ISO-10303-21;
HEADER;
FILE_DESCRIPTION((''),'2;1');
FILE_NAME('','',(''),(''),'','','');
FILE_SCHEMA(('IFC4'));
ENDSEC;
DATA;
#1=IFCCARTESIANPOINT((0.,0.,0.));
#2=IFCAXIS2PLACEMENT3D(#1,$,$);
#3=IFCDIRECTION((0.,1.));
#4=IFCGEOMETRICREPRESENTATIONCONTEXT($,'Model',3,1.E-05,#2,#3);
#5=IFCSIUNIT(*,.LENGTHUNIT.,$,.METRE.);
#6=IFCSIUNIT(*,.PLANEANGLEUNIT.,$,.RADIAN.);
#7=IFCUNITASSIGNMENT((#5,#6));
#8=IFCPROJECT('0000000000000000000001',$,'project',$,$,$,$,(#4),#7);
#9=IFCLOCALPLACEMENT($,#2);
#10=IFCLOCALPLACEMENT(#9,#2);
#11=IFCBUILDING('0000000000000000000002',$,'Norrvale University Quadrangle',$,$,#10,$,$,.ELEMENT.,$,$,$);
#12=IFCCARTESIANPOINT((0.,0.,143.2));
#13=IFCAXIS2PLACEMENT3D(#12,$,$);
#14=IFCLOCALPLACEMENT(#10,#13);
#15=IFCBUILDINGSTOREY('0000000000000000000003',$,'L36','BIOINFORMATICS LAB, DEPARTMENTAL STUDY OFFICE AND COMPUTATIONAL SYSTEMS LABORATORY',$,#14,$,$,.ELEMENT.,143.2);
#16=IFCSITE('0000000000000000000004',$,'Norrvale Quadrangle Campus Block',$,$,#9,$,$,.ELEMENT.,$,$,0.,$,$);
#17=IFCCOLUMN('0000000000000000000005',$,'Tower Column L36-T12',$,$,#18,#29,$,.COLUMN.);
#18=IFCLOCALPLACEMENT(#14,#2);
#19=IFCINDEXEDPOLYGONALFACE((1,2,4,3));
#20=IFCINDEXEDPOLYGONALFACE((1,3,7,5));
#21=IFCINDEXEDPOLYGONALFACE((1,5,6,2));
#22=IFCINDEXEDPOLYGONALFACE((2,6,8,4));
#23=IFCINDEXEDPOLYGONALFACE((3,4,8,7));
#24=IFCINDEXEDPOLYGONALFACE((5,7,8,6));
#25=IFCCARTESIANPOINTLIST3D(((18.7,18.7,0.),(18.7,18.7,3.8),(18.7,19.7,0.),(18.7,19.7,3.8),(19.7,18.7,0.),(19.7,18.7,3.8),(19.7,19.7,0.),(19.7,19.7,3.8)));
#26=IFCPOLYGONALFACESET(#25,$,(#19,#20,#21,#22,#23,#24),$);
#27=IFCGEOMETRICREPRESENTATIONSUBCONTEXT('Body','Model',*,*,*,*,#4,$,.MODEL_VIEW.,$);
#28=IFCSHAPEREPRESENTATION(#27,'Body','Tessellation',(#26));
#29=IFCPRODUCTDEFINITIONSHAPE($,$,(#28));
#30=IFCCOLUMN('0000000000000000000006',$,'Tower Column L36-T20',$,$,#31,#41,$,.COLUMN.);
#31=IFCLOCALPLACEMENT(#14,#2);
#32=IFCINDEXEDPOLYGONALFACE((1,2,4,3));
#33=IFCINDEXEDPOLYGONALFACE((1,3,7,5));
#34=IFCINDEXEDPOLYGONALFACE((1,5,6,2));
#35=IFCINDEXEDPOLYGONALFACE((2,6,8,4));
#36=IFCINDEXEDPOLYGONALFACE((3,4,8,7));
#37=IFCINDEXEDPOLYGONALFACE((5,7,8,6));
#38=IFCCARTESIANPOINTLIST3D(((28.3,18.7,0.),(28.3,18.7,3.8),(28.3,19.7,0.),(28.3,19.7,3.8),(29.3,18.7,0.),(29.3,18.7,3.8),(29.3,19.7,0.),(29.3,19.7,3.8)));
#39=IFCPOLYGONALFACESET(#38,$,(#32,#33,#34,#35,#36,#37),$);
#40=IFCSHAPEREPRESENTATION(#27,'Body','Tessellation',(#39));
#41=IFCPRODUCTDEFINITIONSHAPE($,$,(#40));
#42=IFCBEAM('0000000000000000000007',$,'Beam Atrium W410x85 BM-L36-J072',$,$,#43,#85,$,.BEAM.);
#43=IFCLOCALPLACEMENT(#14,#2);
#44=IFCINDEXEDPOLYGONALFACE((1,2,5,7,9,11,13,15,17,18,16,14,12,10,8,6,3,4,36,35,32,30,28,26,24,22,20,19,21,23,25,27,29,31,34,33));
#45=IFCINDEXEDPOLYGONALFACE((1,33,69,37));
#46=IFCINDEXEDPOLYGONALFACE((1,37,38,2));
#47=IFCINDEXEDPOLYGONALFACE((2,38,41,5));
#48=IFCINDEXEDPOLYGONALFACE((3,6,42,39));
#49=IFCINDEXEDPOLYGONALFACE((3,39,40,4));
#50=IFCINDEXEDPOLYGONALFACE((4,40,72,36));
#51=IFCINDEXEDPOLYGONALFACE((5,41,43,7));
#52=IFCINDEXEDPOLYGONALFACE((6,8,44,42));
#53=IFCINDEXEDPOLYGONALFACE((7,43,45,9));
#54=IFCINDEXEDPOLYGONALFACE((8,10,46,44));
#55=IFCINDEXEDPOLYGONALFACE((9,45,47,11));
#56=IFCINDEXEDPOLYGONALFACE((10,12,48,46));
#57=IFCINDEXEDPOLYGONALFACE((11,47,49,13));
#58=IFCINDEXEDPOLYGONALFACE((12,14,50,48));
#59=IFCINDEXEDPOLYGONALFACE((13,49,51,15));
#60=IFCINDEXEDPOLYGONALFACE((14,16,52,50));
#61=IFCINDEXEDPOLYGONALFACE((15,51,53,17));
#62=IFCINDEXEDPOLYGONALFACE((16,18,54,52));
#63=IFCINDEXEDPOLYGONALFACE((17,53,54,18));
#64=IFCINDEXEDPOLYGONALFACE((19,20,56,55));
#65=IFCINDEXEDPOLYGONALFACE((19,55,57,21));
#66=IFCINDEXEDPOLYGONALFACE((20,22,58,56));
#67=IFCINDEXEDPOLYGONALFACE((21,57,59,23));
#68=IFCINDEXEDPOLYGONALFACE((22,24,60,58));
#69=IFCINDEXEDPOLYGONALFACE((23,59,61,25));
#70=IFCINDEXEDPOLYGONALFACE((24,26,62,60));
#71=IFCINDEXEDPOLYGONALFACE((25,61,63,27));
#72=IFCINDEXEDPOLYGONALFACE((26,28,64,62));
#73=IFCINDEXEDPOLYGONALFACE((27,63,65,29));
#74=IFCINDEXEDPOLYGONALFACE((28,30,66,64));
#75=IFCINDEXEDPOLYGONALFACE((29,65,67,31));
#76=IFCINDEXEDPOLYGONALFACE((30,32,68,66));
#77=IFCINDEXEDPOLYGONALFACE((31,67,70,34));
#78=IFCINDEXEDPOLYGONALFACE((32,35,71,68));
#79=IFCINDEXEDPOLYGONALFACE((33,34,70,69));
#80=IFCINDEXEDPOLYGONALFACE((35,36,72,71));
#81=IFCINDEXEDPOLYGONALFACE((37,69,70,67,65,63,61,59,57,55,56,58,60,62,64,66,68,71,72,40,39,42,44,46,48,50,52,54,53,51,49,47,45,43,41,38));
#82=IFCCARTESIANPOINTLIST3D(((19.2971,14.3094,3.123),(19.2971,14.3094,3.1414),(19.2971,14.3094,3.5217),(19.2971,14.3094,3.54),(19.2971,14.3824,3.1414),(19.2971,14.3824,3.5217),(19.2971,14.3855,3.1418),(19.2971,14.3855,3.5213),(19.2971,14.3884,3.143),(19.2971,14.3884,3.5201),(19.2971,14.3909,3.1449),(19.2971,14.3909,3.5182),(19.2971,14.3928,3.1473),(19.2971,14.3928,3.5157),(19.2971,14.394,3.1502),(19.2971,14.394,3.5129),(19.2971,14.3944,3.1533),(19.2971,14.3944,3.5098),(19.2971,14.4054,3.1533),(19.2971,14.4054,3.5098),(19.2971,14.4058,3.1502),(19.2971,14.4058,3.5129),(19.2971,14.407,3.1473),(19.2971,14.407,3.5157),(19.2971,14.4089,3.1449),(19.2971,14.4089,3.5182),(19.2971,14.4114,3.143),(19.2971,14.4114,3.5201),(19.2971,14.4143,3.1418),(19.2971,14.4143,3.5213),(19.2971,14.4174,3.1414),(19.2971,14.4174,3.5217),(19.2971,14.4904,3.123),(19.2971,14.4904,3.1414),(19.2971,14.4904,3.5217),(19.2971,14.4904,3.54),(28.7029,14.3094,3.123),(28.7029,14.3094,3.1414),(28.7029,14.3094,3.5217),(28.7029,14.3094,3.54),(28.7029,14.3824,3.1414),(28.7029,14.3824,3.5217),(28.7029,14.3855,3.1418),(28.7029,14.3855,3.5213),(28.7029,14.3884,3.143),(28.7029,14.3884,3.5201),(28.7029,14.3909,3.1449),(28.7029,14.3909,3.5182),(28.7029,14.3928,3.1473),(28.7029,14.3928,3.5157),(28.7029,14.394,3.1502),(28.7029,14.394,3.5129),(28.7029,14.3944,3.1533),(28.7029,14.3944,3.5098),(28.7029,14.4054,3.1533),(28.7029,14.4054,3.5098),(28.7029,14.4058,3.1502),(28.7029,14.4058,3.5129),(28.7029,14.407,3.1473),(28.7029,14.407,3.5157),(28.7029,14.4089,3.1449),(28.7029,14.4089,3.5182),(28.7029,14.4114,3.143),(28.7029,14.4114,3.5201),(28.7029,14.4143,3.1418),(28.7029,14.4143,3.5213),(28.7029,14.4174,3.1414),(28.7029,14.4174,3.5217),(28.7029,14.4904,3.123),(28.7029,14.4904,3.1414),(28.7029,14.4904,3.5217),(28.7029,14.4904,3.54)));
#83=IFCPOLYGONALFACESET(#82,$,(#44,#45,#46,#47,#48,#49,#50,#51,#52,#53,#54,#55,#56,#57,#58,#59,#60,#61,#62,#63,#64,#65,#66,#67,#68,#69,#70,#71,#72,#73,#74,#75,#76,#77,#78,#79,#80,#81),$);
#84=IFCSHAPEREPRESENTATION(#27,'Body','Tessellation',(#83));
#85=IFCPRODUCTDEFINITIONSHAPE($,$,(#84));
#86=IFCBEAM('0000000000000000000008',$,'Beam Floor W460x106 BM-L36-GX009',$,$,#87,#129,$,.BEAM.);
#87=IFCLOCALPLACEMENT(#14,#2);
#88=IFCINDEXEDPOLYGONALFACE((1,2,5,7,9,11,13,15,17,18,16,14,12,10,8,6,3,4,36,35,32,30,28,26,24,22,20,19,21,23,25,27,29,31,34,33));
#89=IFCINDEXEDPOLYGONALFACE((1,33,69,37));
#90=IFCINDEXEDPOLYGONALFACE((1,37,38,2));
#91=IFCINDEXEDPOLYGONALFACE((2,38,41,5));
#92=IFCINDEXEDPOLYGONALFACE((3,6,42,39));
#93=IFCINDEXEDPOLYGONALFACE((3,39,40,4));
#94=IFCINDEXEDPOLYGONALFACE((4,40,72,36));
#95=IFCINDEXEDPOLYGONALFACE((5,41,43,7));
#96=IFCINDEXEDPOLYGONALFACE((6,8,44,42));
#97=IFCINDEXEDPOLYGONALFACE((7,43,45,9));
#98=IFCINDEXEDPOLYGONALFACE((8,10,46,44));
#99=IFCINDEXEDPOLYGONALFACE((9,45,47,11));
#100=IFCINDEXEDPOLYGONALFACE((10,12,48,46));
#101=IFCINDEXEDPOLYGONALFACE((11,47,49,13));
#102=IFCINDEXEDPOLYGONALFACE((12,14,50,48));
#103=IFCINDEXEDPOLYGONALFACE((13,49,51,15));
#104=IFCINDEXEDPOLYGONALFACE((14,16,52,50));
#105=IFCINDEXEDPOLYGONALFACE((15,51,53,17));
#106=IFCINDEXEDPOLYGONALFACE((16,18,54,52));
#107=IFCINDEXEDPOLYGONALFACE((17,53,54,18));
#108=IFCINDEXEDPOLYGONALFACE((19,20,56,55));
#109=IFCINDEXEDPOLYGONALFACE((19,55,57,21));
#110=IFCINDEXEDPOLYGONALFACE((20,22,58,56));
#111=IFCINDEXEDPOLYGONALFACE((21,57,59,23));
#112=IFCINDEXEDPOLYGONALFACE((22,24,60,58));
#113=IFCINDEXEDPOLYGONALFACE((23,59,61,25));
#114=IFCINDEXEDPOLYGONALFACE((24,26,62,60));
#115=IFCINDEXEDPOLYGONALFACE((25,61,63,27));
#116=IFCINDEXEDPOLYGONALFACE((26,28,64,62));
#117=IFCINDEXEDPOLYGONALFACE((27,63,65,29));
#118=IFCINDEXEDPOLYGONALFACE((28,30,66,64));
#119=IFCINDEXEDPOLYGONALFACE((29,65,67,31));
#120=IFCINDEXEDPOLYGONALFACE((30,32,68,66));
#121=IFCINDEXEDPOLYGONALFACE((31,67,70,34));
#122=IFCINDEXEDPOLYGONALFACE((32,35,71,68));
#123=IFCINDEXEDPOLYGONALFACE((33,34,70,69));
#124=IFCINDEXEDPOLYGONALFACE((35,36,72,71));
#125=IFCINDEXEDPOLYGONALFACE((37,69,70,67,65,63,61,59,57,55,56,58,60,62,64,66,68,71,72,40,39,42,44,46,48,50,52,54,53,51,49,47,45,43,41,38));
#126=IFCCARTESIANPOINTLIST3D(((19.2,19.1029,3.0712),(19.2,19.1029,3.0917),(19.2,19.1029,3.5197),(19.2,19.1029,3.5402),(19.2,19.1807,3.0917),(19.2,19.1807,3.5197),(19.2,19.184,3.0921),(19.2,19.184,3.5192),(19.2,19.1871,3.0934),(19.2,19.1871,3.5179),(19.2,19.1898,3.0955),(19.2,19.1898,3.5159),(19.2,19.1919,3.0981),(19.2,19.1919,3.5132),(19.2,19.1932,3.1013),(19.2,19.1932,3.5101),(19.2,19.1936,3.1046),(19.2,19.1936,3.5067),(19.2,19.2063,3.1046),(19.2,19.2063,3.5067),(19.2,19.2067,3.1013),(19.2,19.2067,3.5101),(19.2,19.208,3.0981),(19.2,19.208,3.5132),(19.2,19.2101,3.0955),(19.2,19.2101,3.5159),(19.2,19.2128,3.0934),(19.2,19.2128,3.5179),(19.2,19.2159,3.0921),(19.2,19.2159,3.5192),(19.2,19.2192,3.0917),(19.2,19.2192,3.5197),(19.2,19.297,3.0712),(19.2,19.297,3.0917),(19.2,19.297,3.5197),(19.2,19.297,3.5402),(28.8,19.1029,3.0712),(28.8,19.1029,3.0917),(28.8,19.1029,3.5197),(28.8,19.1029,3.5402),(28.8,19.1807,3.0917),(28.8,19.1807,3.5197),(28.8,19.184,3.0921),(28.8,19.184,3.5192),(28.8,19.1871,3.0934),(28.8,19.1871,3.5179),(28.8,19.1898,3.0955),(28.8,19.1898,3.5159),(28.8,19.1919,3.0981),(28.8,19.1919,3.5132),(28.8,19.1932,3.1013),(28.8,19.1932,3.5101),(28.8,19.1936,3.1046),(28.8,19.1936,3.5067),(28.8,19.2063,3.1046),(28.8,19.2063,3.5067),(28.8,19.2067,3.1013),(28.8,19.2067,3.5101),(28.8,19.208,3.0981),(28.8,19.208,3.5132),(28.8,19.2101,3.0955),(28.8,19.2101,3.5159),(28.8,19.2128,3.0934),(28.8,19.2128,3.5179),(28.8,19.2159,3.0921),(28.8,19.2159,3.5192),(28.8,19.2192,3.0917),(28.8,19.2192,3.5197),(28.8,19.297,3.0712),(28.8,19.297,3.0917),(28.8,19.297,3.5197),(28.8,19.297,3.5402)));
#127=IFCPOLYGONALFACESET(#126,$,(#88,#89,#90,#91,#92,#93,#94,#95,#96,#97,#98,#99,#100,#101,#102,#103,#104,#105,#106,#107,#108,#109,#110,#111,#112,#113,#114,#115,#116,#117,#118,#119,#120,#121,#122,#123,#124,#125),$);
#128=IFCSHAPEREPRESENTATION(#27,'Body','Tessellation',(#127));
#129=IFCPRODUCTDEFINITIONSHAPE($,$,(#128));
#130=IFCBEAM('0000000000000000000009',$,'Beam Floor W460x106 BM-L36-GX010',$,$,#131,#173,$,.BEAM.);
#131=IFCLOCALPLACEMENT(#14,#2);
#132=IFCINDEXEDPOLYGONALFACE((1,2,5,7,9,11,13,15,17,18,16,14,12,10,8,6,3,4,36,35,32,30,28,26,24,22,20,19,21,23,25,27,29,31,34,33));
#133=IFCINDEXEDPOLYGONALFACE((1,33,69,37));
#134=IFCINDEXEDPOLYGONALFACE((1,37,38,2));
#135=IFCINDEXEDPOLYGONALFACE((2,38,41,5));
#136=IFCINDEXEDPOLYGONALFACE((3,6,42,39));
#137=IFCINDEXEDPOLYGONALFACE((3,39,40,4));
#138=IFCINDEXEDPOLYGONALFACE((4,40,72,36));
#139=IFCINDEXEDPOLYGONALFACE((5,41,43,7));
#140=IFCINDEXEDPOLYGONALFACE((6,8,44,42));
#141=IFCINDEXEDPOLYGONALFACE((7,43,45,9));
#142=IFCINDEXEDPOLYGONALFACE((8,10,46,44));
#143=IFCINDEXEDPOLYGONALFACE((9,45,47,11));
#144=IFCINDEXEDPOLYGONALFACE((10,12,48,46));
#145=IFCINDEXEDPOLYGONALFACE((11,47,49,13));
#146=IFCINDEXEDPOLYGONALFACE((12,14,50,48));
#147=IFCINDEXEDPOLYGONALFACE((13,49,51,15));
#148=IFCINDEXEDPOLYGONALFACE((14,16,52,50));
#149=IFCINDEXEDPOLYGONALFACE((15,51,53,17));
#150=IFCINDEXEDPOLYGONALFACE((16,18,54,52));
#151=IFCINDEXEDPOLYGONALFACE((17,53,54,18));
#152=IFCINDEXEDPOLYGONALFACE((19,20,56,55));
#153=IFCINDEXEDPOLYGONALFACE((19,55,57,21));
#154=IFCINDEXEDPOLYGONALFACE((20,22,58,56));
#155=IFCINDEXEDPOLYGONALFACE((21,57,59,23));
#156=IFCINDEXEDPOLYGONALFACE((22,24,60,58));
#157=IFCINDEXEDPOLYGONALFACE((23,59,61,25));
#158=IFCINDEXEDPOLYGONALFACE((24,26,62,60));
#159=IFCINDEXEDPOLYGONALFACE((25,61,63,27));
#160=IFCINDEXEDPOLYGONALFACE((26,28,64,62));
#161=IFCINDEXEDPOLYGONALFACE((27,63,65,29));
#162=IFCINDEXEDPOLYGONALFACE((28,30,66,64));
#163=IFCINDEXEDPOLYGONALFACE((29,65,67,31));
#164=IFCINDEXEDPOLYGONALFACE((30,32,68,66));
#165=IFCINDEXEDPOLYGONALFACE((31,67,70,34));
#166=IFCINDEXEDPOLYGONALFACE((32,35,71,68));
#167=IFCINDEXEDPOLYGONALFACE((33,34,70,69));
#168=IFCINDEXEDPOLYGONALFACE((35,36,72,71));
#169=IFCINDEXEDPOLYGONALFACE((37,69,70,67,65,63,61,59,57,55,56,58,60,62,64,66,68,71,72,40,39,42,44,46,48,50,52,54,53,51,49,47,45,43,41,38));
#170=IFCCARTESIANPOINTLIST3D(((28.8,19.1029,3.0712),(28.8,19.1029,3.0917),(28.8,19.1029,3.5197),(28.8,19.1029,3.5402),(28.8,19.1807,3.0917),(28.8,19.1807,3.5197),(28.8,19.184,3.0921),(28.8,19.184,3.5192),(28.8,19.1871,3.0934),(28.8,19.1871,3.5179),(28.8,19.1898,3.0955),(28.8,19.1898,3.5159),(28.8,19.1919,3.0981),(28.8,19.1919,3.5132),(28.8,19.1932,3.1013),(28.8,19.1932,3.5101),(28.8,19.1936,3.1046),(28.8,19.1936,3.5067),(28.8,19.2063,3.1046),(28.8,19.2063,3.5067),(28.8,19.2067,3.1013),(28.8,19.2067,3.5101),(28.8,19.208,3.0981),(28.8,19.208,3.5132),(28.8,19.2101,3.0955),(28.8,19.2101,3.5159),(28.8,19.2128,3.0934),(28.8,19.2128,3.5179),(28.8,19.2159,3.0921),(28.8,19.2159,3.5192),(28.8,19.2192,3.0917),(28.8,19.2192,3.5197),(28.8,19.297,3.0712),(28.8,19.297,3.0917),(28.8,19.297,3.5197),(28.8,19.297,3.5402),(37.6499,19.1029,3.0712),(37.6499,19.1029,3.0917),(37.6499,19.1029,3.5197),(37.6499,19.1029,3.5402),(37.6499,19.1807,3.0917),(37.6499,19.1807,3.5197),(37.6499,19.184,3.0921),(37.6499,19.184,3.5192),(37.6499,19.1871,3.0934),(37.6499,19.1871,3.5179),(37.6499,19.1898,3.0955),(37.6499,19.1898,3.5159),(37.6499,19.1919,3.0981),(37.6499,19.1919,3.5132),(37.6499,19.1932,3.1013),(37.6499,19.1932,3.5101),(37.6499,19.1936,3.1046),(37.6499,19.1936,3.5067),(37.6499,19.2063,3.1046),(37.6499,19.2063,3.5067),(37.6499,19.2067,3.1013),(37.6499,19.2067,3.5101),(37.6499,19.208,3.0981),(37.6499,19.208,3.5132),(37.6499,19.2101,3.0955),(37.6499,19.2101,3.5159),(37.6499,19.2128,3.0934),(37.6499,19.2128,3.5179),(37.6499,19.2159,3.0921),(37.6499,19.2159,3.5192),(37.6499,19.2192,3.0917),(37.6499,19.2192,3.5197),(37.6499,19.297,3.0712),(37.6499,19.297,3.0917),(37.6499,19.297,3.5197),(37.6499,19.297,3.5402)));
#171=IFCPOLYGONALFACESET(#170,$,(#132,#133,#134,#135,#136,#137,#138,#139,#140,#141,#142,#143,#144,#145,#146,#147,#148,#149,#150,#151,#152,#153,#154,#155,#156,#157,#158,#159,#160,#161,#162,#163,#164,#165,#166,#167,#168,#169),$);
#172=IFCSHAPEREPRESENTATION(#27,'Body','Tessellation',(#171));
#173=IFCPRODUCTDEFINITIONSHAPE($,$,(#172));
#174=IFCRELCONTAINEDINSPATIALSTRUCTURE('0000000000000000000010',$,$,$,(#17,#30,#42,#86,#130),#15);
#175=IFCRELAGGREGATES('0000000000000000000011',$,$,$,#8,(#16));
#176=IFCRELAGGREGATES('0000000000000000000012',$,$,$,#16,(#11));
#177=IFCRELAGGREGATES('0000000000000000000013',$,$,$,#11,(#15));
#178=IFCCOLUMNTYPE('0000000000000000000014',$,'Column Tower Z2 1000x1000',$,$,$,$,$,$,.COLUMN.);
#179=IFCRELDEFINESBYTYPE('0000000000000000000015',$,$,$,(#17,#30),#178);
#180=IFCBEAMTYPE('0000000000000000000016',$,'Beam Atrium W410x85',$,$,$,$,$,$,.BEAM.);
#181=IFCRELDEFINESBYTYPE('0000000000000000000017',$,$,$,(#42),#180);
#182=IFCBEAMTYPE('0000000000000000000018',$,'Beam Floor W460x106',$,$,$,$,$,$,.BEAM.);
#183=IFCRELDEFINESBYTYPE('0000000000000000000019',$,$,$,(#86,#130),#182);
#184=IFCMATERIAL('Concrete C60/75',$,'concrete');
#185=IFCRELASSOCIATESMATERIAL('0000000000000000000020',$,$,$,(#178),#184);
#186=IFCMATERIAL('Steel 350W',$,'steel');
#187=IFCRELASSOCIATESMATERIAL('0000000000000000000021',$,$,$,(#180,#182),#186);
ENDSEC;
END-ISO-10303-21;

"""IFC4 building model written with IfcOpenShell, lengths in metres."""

from ifc_helpers import new_model, si_unit, direction, frame, origin, origin_2d, place, context, subcontext, project, spatial, rectangle, i_section, extrude, material, material_profile, profile_set, type_object, element, save


model = new_model("IFC4")

# Units and contexts
model_context = context("Model", 3, precision=1e-05, world=origin(), true_north=direction((0.0, 1.0)))
body_context = subcontext(model_context, "Body", "Model", "MODEL_VIEW")
ifc_project = project(units=[si_unit("LENGTHUNIT", "METRE"), si_unit("PLANEANGLEUNIT", "RADIAN")], contexts=[model_context])

# Site, building, storey
site_placement = place(None, origin())
site = spatial("IfcSite", under=ifc_project, at=site_placement, Name="Norrvale Quadrangle Campus Block", CompositionType="ELEMENT", RefElevation=0.0)
building_placement = place(site_placement, origin())
building = spatial("IfcBuilding", under=site, at=building_placement, Name="Norrvale University Quadrangle", CompositionType="ELEMENT")
storey_placement = place(building_placement, frame((0.0, 0.0, 143.2)))
storey = spatial("IfcBuildingStorey", under=building, at=storey_placement, Name="L36", Description="BIOINFORMATICS LAB, DEPARTMENTAL STUDY OFFICE AND COMPUTATIONAL SYSTEMS LABORATORY", CompositionType="ELEMENT", Elevation=143.2)

# Columns
ifc_material_1 = material(Name="Concrete C60/75", Category="concrete")
ifc_material_profile_1 = material_profile(ifc_material_1, rectangle(XDim=1.0, YDim=1.0, at=origin_2d()), Name="Concrete C60/75")
ifc_profile_set_1 = profile_set([ifc_material_profile_1], Name="Concrete C60/75")
column_type = type_object("IfcColumnType", Name="Column Tower Z2 1000x1000", PredefinedType="COLUMN", material=ifc_profile_set_1)
for number, where, z_axis, x_axis, name in (
    (1, (19.2, 19.2, 0.0), (0.0, 0.0, 1.0), (1.0, 0.0, 0.0), "Tower Column L36-T12"),
    (2, (28.8, 19.2, 0.0), (0.0, 0.0, 1.0), (1.0, 0.0, 0.0), "Tower Column L36-T20"),
):
    element("IfcColumn", number, at=place(storey_placement, frame(where, z_axis=z_axis, x_axis=x_axis)), inside=storey, type_object=column_type, Name=name, PredefinedType="COLUMN", context=body_context, shape_type="SweptSolid", body=[
        extrude(rectangle(XDim=1.0, YDim=1.0, at=origin_2d()), origin(), (0.0, 0.0, 1.0), 3.8),
    ])

# Beams
ifc_material_2 = material(Name="Steel 350W", Category="steel")
ifc_material_profile_2 = material_profile(ifc_material_2, i_section(OverallWidth=0.1809, OverallDepth=0.417, WebThickness=0.011, FlangeThickness=0.0183, FilletRadius=0.012, at=origin_2d()), Name="Steel 350W")
ifc_profile_set_2 = profile_set([ifc_material_profile_2], Name="Steel 350W")
beam_type_1 = type_object("IfcBeamType", Name="Beam Atrium W410x85", PredefinedType="BEAM", material=ifc_profile_set_2)
beam_1_placement = place(storey_placement, frame((19.2971, 14.3999, 3.3315), z_axis=(1.0, 0.0, 0.0), x_axis=(0.0, 1.0, 0.0)))
element("IfcBeam", 3, at=beam_1_placement, inside=storey, type_object=beam_type_1, Name="Beam Atrium W410x85 BM-L36-J072", PredefinedType="BEAM", context=body_context, shape_type="SweptSolid", body=[
    extrude(i_section(OverallWidth=0.1809, OverallDepth=0.417, WebThickness=0.011, FlangeThickness=0.0183, FilletRadius=0.012, at=origin_2d()), origin(), (0.0, 0.0, 1.0), 9.4058),
])
ifc_material_profile_3 = material_profile(ifc_material_2, i_section(OverallWidth=0.1941, OverallDepth=0.469, WebThickness=0.0127, FlangeThickness=0.0205, FilletRadius=0.0129, at=origin_2d()), Name="Steel 350W")
ifc_profile_set_3 = profile_set([ifc_material_profile_3], Name="Steel 350W")
beam_type_2 = type_object("IfcBeamType", Name="Beam Floor W460x106", PredefinedType="BEAM", material=ifc_profile_set_3)
beam_2_placement = place(storey_placement, frame((19.2, 19.2, 3.3057), z_axis=(1.0, 0.0, 0.0), x_axis=(0.0, 1.0, 0.0)))
element("IfcBeam", 4, at=beam_2_placement, inside=storey, type_object=beam_type_2, Name="Beam Floor W460x106 BM-L36-GX009", PredefinedType="BEAM", context=body_context, shape_type="SweptSolid", body=[
    extrude(i_section(OverallWidth=0.1941, OverallDepth=0.469, WebThickness=0.0127, FlangeThickness=0.0205, FilletRadius=0.0129, at=origin_2d()), origin(), (0.0, 0.0, 1.0), 9.6001),
])
beam_3_placement = place(storey_placement, frame((28.8, 19.2, 3.3057), z_axis=(1.0, 0.0, 0.0), x_axis=(0.0, 1.0, 0.0)))
element("IfcBeam", 5, at=beam_3_placement, inside=storey, type_object=beam_type_2, Name="Beam Floor W460x106 BM-L36-GX010", PredefinedType="BEAM", context=body_context, shape_type="SweptSolid", body=[
    extrude(i_section(OverallWidth=0.1941, OverallDepth=0.469, WebThickness=0.0127, FlangeThickness=0.0205, FilletRadius=0.0129, at=origin_2d()), origin(), (0.0, 0.0, 1.0), 8.8499),
])

save(model, "model.ifc")
